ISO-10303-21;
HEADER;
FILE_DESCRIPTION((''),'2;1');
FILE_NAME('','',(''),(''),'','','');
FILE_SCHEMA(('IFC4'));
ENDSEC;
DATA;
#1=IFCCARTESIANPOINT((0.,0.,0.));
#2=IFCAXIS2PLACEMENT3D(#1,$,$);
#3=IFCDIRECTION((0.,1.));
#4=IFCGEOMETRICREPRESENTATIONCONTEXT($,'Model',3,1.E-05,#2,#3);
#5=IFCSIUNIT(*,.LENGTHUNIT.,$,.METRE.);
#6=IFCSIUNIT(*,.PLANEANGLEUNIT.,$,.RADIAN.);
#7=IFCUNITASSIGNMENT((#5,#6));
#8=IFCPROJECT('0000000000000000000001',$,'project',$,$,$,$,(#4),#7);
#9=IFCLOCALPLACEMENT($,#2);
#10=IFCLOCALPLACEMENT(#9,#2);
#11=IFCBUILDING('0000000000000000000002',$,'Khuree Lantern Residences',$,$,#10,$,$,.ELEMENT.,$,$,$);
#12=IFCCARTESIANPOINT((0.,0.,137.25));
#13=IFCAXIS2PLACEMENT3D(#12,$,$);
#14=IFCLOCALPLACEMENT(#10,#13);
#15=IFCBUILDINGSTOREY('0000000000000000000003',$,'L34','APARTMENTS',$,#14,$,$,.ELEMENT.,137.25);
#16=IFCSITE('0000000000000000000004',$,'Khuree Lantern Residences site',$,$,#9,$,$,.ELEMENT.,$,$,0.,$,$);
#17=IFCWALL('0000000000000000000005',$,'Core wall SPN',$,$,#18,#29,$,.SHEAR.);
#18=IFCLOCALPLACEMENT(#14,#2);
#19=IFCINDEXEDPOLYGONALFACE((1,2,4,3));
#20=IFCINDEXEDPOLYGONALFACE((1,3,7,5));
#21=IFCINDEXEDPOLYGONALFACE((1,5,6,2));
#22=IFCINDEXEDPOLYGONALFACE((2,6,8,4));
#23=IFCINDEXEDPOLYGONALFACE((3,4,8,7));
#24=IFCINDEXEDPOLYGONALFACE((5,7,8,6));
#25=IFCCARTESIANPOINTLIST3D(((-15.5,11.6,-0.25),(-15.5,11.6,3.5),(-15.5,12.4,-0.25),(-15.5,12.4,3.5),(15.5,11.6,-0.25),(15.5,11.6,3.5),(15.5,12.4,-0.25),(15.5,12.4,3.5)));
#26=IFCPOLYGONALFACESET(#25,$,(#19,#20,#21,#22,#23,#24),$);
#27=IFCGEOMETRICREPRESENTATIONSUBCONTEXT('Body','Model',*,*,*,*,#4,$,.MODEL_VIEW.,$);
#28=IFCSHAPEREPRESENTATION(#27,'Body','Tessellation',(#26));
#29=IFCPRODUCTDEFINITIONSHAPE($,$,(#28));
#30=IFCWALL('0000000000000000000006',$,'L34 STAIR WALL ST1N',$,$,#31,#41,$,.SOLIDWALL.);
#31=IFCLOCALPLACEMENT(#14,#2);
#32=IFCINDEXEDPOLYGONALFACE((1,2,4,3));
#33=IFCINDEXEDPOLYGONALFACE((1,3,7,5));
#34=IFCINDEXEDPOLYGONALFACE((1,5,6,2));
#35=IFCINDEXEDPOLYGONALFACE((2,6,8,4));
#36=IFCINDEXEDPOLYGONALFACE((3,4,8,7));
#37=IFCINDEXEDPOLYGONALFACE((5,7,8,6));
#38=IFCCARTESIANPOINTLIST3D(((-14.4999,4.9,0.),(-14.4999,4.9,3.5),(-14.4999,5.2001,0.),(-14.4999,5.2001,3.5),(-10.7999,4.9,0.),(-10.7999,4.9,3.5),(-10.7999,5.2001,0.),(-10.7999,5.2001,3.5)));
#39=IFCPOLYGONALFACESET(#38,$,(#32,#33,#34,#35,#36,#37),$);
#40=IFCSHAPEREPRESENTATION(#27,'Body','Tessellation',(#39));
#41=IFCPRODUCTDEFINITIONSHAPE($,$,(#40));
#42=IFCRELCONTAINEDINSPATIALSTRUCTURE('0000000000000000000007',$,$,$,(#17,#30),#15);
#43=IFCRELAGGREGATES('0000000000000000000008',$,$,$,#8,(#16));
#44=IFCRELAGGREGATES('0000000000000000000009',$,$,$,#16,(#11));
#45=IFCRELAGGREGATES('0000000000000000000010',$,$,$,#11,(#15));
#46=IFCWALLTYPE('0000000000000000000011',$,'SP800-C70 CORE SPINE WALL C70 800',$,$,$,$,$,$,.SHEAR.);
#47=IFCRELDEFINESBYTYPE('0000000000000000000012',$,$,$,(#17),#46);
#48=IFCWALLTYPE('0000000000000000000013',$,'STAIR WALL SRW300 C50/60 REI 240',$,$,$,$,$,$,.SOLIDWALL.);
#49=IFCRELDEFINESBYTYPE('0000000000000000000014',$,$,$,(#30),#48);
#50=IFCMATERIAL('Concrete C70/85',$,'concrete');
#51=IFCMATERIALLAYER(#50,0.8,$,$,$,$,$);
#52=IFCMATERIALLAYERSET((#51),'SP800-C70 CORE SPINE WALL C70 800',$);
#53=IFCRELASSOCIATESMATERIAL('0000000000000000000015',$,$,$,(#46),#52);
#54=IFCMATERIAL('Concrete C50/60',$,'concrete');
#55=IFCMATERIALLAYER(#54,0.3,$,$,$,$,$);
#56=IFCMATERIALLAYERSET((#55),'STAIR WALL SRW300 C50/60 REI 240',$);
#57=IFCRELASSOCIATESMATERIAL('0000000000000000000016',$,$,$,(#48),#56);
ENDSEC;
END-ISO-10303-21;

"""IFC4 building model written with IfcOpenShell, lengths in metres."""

from ifc_helpers import new_model, si_unit, direction, frame, frame_2d, origin, place, context, subcontext, project, spatial, rectangle, extrude, material, layer, layer_set, type_object, element, save


model = new_model("IFC4")

# Units and contexts
model_context = context("Model", 3, precision=1e-05, world=origin(), true_north=direction((0.0, 1.0)))
body_context = subcontext(model_context, "Body", "Model", "MODEL_VIEW")
ifc_project = project(units=[si_unit("LENGTHUNIT", "METRE"), si_unit("PLANEANGLEUNIT", "RADIAN")], contexts=[model_context])

# Site, building, storey
site_placement = place(None, origin())
site = spatial("IfcSite", under=ifc_project, at=site_placement, Name="Khuree Lantern Residences site", CompositionType="ELEMENT", RefElevation=0.0)
building_placement = place(site_placement, origin())
building = spatial("IfcBuilding", under=site, at=building_placement, Name="Khuree Lantern Residences", CompositionType="ELEMENT")
storey_placement = place(building_placement, frame((0.0, 0.0, 137.25)))
storey = spatial("IfcBuildingStorey", under=building, at=storey_placement, Name="L34", Description="APARTMENTS", CompositionType="ELEMENT", Elevation=137.25)

# Shared definitions
ifc_material_1 = material(Name="Concrete C70/85", Category="concrete")

# Walls
ifc_layer_1 = layer(ifc_material_1, 0.8)
ifc_layer_set_1 = layer_set([ifc_layer_1], Name="SP800-C70 CORE SPINE WALL C70 800")
wall_type_1 = type_object("IfcWallType", Name="SP800-C70 CORE SPINE WALL C70 800", PredefinedType="SHEAR", material=ifc_layer_set_1)
wall_1_placement = place(storey_placement, frame((-15.5, 12.0, -0.25), z_axis=(0.0, 0.0, 1.0), x_axis=(1.0, 0.0, 0.0)))
element("IfcWall", 1, at=wall_1_placement, inside=storey, type_object=wall_type_1, Name="Core wall SPN", PredefinedType="SHEAR", context=body_context, shape_type="SweptSolid", body=[
    extrude(rectangle(XDim=31.0, YDim=0.8, at=frame_2d((15.5, 0.0))), origin(), (0.0, 0.0, 1.0), 3.75),
])
ifc_material_2 = material(Name="Concrete C50/60", Category="concrete")
ifc_layer_2 = layer(ifc_material_2, 0.3)
ifc_layer_set_2 = layer_set([ifc_layer_2], Name="STAIR WALL SRW300 C50/60 REI 240")
wall_type_2 = type_object("IfcWallType", Name="STAIR WALL SRW300 C50/60 REI 240", PredefinedType="SOLIDWALL", material=ifc_layer_set_2)
wall_2_placement = place(storey_placement, frame((-14.5, 5.05, 0.0), z_axis=(0.0, 0.0, 1.0), x_axis=(1.0, 0.0, 0.0)))
element("IfcWall", 2, at=wall_2_placement, inside=storey, type_object=wall_type_2, Name="L34 STAIR WALL ST1N", PredefinedType="SOLIDWALL", context=body_context, shape_type="SweptSolid", body=[
    extrude(rectangle(XDim=3.7, YDim=0.3, at=frame_2d((1.8501, 0.0))), origin(), (0.0, 0.0, 1.0), 3.5),
])

save(model, "model.ifc")
